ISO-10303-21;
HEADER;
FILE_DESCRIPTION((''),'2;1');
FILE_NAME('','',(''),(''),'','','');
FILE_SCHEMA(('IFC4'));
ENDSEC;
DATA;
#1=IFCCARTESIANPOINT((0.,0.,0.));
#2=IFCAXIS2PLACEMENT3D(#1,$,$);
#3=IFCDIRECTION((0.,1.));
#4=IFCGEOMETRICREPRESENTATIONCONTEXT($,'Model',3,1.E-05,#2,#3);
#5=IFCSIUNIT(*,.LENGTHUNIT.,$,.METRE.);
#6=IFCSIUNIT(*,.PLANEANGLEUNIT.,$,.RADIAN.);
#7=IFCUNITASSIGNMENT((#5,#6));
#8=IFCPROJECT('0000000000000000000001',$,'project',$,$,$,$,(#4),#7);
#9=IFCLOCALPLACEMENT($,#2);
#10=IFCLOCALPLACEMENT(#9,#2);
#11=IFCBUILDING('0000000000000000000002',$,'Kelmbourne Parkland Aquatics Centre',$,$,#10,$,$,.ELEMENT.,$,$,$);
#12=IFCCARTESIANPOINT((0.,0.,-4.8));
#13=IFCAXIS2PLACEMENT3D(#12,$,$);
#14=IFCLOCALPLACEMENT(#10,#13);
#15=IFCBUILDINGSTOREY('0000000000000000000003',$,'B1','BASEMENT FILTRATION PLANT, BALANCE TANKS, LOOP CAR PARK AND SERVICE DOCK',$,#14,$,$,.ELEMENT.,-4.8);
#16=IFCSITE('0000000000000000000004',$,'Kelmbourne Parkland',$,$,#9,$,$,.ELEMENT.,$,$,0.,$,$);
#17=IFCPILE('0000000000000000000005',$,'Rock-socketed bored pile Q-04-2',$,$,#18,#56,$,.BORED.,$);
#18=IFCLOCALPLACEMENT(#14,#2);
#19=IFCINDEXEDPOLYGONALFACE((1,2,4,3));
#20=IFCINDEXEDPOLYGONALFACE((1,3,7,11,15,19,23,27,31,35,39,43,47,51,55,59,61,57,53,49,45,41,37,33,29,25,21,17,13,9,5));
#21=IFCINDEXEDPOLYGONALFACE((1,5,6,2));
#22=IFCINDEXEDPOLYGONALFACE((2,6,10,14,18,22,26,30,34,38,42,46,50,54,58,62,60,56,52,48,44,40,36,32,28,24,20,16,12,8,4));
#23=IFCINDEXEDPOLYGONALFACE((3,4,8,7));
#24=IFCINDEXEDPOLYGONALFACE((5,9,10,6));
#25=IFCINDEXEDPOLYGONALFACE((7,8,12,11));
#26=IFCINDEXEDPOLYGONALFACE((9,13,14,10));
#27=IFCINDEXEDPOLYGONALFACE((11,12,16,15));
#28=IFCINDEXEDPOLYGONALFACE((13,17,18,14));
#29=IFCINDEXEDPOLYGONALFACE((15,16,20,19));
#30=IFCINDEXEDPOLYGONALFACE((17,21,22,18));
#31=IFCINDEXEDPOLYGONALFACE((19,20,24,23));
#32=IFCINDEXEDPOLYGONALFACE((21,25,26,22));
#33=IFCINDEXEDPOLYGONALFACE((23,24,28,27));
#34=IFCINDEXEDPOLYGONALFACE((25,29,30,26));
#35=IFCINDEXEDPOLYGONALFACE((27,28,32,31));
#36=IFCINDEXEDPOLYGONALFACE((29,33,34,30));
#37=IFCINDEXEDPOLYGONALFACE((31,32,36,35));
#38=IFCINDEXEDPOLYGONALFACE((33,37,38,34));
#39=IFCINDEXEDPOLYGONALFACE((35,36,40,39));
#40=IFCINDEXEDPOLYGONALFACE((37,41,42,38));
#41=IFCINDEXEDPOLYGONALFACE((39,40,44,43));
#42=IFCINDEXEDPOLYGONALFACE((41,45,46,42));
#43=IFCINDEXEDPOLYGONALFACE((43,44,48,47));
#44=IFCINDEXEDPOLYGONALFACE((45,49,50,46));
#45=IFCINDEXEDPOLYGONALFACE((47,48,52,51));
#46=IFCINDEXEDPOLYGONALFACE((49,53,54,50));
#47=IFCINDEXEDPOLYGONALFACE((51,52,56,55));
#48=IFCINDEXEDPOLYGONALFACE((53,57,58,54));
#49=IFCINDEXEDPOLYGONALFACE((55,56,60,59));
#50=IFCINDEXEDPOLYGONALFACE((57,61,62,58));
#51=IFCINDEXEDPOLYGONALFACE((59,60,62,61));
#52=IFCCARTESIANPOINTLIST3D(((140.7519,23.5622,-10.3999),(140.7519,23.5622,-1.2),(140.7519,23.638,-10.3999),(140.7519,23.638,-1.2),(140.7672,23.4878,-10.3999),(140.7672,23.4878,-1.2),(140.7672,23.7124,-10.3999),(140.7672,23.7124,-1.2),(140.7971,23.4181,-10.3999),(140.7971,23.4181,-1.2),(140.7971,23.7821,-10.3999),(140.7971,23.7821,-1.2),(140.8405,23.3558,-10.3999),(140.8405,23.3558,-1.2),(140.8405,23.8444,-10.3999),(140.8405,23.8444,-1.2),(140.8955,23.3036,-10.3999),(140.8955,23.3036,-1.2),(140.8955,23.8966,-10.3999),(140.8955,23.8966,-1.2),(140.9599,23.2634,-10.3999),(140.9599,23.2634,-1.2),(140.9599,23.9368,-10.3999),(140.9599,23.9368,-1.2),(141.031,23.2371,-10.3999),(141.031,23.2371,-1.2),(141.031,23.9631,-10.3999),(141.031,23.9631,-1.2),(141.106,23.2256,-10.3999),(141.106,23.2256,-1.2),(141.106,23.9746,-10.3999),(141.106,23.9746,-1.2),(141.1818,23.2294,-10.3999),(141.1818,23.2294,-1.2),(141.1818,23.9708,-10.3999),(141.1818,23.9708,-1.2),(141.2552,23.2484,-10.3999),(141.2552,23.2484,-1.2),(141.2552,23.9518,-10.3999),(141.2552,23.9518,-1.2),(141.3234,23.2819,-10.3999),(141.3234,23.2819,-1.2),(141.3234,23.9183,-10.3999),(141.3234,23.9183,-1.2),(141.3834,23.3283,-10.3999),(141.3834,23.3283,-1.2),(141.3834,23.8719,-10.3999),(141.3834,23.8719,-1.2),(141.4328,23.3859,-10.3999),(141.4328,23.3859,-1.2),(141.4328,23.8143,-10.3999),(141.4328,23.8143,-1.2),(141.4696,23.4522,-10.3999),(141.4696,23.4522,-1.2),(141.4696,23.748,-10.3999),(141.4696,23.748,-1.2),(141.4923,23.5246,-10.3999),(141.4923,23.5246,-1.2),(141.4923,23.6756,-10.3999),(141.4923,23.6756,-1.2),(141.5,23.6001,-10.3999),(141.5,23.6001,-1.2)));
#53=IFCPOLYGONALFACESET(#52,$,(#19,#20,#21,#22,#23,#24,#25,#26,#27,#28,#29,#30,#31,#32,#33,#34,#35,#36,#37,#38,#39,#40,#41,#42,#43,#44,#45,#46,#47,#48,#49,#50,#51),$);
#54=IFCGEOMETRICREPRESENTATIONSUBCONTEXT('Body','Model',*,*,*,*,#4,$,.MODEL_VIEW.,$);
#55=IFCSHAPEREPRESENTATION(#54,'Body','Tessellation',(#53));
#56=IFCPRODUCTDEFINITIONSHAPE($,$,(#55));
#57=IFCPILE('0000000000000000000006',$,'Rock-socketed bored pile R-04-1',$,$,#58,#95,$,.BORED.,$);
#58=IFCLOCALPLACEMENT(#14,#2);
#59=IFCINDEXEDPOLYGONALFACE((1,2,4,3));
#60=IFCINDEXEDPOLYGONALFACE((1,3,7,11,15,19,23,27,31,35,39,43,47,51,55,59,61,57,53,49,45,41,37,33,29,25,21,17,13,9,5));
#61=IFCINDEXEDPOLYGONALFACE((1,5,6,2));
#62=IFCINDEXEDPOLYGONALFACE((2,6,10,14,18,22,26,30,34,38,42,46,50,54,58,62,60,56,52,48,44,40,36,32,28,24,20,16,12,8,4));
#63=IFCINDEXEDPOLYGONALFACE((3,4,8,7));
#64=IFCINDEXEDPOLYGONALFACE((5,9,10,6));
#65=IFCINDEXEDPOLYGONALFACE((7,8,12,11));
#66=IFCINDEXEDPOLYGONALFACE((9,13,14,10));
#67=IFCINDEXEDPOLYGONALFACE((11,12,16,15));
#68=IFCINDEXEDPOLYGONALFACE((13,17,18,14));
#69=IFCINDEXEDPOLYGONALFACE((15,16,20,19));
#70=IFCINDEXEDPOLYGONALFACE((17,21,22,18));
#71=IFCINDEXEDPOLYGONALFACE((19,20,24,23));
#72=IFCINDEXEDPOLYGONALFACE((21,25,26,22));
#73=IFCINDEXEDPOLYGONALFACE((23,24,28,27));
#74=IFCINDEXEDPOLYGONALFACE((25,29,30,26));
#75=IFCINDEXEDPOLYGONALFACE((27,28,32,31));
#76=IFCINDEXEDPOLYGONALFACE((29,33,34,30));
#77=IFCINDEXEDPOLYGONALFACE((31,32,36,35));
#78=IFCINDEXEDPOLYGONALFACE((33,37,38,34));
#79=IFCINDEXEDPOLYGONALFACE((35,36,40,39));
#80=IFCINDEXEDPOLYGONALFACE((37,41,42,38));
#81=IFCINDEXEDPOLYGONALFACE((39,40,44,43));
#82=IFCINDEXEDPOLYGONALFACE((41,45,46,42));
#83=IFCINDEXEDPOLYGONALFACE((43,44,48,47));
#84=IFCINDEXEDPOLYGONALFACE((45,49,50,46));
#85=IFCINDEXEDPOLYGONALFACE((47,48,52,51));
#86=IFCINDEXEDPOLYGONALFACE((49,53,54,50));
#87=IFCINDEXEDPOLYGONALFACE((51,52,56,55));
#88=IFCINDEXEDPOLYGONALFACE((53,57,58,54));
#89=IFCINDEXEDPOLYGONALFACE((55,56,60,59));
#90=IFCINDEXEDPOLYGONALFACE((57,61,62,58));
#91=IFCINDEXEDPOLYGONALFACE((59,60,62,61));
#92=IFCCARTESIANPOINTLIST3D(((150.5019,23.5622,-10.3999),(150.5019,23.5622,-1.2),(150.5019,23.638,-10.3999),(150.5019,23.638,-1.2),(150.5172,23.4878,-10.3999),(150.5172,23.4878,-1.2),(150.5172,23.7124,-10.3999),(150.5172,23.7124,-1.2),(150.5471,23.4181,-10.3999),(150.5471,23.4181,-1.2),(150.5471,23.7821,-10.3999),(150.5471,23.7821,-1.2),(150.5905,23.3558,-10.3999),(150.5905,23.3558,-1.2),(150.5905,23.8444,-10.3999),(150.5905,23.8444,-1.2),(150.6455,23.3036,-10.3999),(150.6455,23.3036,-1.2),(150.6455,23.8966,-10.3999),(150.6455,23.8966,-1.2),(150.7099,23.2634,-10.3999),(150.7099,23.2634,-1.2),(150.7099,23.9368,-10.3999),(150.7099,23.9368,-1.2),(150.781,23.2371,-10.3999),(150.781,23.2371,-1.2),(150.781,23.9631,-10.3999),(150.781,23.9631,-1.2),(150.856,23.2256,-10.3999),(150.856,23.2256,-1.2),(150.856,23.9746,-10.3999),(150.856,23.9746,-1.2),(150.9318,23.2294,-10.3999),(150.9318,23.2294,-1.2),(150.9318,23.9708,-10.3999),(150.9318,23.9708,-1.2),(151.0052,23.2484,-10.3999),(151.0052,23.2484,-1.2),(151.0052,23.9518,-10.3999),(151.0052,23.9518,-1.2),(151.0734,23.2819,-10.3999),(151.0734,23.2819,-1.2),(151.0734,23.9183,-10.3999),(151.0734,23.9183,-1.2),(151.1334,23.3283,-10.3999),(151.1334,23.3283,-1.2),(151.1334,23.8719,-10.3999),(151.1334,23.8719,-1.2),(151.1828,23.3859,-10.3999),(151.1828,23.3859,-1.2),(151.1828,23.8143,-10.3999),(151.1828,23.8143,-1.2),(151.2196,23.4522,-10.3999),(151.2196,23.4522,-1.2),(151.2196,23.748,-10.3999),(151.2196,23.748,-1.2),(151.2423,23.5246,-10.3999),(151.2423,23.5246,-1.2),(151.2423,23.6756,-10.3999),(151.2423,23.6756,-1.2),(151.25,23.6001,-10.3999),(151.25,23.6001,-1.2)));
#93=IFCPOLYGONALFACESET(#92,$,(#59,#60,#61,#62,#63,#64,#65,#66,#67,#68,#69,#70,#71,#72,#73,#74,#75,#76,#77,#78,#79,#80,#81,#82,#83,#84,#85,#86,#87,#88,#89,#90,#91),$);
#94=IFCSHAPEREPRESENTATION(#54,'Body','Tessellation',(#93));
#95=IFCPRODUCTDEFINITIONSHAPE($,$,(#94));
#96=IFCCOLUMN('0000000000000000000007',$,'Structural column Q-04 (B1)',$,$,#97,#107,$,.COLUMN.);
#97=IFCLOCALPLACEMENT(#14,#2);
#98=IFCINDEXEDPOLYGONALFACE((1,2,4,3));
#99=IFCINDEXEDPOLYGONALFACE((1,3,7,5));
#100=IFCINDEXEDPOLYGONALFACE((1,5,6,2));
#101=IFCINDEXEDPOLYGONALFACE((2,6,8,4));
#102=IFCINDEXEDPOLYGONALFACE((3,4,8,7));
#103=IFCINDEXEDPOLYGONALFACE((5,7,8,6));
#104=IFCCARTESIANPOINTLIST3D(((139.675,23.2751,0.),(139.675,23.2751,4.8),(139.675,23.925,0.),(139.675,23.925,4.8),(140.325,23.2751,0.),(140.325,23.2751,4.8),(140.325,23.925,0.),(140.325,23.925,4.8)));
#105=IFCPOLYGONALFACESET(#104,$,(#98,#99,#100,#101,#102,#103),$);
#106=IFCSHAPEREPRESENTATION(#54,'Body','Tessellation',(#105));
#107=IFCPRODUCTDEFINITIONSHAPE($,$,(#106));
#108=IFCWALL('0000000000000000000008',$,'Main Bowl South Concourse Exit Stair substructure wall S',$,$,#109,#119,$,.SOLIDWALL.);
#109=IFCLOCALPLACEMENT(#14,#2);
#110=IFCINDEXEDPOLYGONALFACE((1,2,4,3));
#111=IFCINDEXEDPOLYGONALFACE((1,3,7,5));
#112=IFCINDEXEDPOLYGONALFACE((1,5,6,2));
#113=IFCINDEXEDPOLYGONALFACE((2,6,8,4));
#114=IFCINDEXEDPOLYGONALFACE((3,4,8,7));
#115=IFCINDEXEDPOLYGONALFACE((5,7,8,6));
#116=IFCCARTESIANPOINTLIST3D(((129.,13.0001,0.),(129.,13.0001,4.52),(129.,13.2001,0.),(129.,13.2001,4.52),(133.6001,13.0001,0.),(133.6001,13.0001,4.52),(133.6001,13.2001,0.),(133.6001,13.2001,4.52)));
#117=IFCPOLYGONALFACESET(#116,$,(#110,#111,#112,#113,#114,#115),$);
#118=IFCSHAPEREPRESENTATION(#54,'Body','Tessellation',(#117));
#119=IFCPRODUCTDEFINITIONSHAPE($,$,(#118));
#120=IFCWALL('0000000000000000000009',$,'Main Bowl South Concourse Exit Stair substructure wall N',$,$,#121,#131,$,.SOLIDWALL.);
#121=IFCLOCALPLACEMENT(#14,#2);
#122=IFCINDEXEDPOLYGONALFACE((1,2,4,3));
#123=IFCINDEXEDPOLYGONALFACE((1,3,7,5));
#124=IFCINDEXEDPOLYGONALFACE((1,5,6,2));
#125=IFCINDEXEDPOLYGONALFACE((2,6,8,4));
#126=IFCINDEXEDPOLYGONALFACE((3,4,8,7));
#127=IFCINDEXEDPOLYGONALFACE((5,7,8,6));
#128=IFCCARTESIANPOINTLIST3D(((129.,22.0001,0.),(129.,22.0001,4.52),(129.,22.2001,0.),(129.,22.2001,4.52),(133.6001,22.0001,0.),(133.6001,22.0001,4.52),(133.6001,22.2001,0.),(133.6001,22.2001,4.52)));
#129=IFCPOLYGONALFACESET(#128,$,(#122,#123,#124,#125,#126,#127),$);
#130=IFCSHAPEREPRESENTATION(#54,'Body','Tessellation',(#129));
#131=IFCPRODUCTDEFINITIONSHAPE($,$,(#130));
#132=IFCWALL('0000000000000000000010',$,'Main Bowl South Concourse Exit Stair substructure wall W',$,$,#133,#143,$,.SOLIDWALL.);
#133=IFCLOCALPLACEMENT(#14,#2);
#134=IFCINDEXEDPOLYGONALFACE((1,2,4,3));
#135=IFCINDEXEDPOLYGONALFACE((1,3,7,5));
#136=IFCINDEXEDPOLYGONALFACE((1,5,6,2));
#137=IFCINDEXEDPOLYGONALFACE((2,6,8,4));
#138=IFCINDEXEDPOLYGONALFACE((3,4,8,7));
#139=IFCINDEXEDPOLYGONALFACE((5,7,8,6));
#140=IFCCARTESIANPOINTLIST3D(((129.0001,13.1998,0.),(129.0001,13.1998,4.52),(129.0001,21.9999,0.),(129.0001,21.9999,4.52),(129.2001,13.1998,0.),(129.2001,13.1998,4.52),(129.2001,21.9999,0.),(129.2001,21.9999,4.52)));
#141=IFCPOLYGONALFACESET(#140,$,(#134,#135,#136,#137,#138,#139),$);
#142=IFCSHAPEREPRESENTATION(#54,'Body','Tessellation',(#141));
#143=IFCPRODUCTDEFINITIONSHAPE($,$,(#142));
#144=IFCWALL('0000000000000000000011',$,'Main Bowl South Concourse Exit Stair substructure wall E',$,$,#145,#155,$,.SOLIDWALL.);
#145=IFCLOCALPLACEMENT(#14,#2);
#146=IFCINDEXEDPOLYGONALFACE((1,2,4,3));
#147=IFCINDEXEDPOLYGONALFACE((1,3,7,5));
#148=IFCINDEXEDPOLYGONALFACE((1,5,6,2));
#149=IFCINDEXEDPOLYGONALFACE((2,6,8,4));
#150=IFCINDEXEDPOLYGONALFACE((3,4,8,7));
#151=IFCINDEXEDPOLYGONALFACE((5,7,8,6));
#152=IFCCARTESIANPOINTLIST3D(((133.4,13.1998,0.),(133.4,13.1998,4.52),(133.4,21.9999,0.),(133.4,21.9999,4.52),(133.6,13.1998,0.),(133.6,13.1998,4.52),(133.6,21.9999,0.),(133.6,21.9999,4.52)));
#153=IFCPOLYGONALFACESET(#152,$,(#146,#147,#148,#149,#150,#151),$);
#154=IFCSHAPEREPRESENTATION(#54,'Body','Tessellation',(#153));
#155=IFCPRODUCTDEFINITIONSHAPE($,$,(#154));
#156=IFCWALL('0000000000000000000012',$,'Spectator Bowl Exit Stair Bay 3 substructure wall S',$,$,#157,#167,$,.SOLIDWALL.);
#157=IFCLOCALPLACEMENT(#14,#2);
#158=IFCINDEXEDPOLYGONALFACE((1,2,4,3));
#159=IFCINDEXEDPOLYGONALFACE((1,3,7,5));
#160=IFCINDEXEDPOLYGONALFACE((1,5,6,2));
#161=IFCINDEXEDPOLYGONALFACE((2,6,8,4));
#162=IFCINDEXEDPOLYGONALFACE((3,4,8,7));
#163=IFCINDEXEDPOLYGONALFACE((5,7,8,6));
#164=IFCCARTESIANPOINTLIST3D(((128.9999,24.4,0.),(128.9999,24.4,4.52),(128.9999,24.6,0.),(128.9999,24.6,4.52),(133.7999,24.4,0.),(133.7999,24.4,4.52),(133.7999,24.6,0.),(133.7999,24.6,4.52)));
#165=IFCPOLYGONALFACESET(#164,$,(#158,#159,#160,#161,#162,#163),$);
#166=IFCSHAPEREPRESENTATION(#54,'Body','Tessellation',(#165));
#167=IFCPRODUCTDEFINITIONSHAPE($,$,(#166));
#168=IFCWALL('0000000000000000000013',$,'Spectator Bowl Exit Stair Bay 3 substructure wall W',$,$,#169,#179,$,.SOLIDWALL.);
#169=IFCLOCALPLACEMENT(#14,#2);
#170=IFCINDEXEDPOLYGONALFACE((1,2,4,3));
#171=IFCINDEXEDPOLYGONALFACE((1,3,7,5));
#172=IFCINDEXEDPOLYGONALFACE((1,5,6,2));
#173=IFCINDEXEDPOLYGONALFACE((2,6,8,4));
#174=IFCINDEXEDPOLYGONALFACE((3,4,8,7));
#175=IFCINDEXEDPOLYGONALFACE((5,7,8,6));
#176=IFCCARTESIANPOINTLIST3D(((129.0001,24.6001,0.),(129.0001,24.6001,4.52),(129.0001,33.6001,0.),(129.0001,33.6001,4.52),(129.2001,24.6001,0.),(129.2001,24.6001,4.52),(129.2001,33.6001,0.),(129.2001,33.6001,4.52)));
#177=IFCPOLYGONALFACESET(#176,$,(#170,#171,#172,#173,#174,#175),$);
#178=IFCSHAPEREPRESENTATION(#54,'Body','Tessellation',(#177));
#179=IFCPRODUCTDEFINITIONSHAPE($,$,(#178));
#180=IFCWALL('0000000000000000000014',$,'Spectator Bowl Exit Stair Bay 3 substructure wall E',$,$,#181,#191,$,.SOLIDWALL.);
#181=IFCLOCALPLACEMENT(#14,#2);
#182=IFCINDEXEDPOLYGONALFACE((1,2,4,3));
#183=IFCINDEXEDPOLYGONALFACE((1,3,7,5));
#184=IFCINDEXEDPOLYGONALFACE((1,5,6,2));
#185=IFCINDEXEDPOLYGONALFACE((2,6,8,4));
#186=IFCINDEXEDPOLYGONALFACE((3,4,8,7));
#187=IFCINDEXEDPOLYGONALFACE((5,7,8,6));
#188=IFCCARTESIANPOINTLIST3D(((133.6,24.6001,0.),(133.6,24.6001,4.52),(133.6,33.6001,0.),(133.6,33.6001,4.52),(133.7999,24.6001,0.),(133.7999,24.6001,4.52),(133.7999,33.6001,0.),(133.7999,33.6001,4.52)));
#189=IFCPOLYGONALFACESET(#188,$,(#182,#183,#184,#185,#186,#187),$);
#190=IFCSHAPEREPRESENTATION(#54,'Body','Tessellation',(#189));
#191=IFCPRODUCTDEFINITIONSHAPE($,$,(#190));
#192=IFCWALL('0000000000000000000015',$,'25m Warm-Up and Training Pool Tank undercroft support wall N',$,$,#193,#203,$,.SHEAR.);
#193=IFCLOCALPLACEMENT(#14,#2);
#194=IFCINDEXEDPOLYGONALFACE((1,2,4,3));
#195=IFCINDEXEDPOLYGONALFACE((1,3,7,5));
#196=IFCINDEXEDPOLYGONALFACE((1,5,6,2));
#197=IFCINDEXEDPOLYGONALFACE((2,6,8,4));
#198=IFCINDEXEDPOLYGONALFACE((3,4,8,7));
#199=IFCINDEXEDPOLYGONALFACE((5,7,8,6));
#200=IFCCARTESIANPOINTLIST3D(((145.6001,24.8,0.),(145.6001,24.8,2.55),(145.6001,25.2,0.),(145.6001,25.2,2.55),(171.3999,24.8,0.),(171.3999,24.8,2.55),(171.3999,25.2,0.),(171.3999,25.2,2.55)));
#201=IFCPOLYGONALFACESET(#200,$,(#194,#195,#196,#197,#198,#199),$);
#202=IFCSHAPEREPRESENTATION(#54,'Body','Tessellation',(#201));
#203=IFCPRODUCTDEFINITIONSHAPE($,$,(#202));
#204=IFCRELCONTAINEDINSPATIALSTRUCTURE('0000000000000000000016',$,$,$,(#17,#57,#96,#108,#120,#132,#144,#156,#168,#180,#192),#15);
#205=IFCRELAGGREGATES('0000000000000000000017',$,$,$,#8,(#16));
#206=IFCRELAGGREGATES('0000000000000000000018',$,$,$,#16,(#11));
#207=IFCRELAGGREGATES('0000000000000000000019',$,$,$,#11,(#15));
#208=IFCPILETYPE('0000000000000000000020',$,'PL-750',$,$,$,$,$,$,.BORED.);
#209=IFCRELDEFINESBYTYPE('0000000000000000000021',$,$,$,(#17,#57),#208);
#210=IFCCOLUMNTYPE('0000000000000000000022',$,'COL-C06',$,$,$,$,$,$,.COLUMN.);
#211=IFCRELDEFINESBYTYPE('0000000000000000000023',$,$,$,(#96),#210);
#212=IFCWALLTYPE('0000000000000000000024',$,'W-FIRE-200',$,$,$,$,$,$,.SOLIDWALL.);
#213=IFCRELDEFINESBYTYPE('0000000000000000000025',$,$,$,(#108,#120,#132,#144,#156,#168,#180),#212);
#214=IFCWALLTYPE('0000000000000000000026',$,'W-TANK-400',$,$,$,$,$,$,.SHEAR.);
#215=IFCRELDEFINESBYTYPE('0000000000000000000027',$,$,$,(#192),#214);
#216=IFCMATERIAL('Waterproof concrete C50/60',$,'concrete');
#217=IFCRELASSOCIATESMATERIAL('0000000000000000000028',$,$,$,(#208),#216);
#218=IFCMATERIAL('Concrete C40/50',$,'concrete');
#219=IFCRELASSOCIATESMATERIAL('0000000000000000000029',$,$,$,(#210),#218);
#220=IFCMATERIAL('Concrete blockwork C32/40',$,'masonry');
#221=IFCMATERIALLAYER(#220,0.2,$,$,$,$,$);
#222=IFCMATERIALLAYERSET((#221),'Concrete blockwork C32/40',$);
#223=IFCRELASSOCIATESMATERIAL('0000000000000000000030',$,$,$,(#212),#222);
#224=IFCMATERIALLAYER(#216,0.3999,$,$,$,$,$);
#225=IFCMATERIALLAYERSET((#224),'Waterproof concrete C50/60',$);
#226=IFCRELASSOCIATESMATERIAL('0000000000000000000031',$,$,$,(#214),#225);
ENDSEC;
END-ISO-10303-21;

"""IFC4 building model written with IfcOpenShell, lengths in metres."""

from ifc_helpers import new_model, si_unit, direction, frame, frame_2d, origin, origin_2d, place, context, subcontext, project, spatial, rectangle, circle, extrude, material, layer, layer_set, material_profile, profile_set, type_object, element, save


model = new_model("IFC4")

# Units and contexts
model_context = context("Model", 3, precision=1e-05, world=origin(), true_north=direction((0.0, 1.0)))
body_context = subcontext(model_context, "Body", "Model", "MODEL_VIEW")
ifc_project = project(units=[si_unit("LENGTHUNIT", "METRE"), si_unit("PLANEANGLEUNIT", "RADIAN")], contexts=[model_context])

# Site, building, storey
site_placement = place(None, origin())
site = spatial("IfcSite", under=ifc_project, at=site_placement, Name="Kelmbourne Parkland", CompositionType="ELEMENT", RefElevation=0.0)
building_placement = place(site_placement, origin())
building = spatial("IfcBuilding", under=site, at=building_placement, Name="Kelmbourne Parkland Aquatics Centre", CompositionType="ELEMENT")
storey_placement = place(building_placement, frame((0.0, 0.0, -4.8)))
storey = spatial("IfcBuildingStorey", under=building, at=storey_placement, Name="B1", Description="BASEMENT FILTRATION PLANT, BALANCE TANKS, LOOP CAR PARK AND SERVICE DOCK", CompositionType="ELEMENT", Elevation=-4.8)

# Shared definitions
ifc_material_1 = material(Name="Waterproof concrete C50/60", Category="concrete")

# Piles
ifc_material_profile_1 = material_profile(ifc_material_1, circle(Radius=0.375, at=origin_2d()), Name="PILE D750")
ifc_profile_set_1 = profile_set([ifc_material_profile_1], Name="Waterproof concrete C50/60")
pile_type_1 = type_object("IfcPileType", Name="PL-750", PredefinedType="BORED", material=ifc_profile_set_1)
for number, where, z_axis, x_axis, name in (
    (1, (141.125, 23.6001, -1.2), (0.0, 0.0, -1.0), (1.0, 0.0, 0.0), "Rock-socketed bored pile Q-04-2"),
    (2, (150.875, 23.6001, -1.2), (0.0, 0.0, -1.0), (1.0, 0.0, 0.0), "Rock-socketed bored pile R-04-1"),
):
    element("IfcPile", number, at=place(storey_placement, frame(where, z_axis=z_axis, x_axis=x_axis)), inside=storey, type_object=pile_type_1, Name=name, PredefinedType="BORED", context=body_context, shape_type="SweptSolid", body=[
        extrude(circle(Radius=0.375, at=origin_2d()), origin(), (0.0, 0.0, 1.0), 9.2),
    ])

# Column
ifc_material_2 = material(Name="Concrete C40/50", Category="concrete")
ifc_material_profile_2 = material_profile(ifc_material_2, rectangle(XDim=0.6499, YDim=0.6499, at=origin_2d()), Name="RC 650x650")
ifc_profile_set_2 = profile_set([ifc_material_profile_2], Name="Concrete C40/50")
column_type = type_object("IfcColumnType", Name="COL-C06", PredefinedType="COLUMN", material=ifc_profile_set_2)
column_placement = place(storey_placement, frame((140.0, 23.6001, 0.0), z_axis=(0.0, 0.0, 1.0), x_axis=(1.0, 0.0, 0.0)))
element("IfcColumn", 3, at=column_placement, inside=storey, type_object=column_type, Name="Structural column Q-04 (B1)", PredefinedType="COLUMN", context=body_context, shape_type="SweptSolid", body=[
    extrude(rectangle(XDim=0.6499, YDim=0.6499, at=origin_2d()), origin(), (0.0, 0.0, 1.0), 4.8),
])

# Walls
ifc_material_3 = material(Name="Concrete blockwork C32/40", Category="masonry")
ifc_layer_1 = layer(ifc_material_3, 0.2)
ifc_layer_set_1 = layer_set([ifc_layer_1], Name="Concrete blockwork C32/40")
wall_type_1 = type_object("IfcWallType", Name="W-FIRE-200", PredefinedType="SOLIDWALL", material=ifc_layer_set_1)
for number, where, z_axis, x_axis, name in (
    (4, (129.0, 13.1001, 0.0), (0.0, 0.0, 1.0), (1.0, 0.0, 0.0), "Main Bowl South Concourse Exit Stair substructure wall S"),
    (5, (129.0, 22.1001, 0.0), (0.0, 0.0, 1.0), (1.0, 0.0, 0.0), "Main Bowl South Concourse Exit Stair substructure wall N"),
):
    element("IfcWall", number, at=place(storey_placement, frame(where, z_axis=z_axis, x_axis=x_axis)), inside=storey, type_object=wall_type_1, Name=name, PredefinedType="SOLIDWALL", context=body_context, shape_type="SweptSolid", body=[
        extrude(rectangle(XDim=4.6001, YDim=0.2, at=frame_2d((2.3, 0.0))), origin(), (0.0, 0.0, 1.0), 4.52),
    ])
for number, where, z_axis, x_axis, name in (
    (6, (129.1001, 13.2, 0.0), (0.0, 0.0, 1.0), (0.0, 1.0, 0.0), "Main Bowl South Concourse Exit Stair substructure wall W"),
    (7, (133.5, 13.2, 0.0), (0.0, 0.0, 1.0), (0.0, 1.0, 0.0), "Main Bowl South Concourse Exit Stair substructure wall E"),
):
    element("IfcWall", number, at=place(storey_placement, frame(where, z_axis=z_axis, x_axis=x_axis)), inside=storey, type_object=wall_type_1, Name=name, PredefinedType="SOLIDWALL", context=body_context, shape_type="SweptSolid", body=[
        extrude(rectangle(XDim=8.8, YDim=0.2, at=frame_2d((4.3999, 0.0))), origin(), (0.0, 0.0, 1.0), 4.52),
    ])
wall_1_placement = place(storey_placement, frame((129.0, 24.5, 0.0), z_axis=(0.0, 0.0, 1.0), x_axis=(1.0, 0.0, 0.0)))
element("IfcWall", 8, at=wall_1_placement, inside=storey, type_object=wall_type_1, Name="Spectator Bowl Exit Stair Bay 3 substructure wall S", PredefinedType="SOLIDWALL", context=body_context, shape_type="SweptSolid", body=[
    extrude(rectangle(XDim=4.8, YDim=0.2, at=frame_2d((2.3999, 0.0))), origin(), (0.0, 0.0, 1.0), 4.52),
])
for number, where, z_axis, x_axis, name in (
    (9, (129.1001, 24.6001, 0.0), (0.0, 0.0, 1.0), (0.0, 1.0, 0.0), "Spectator Bowl Exit Stair Bay 3 substructure wall W"),
    (10, (133.7, 24.6001, 0.0), (0.0, 0.0, 1.0), (0.0, 1.0, 0.0), "Spectator Bowl Exit Stair Bay 3 substructure wall E"),
):
    element("IfcWall", number, at=place(storey_placement, frame(where, z_axis=z_axis, x_axis=x_axis)), inside=storey, type_object=wall_type_1, Name=name, PredefinedType="SOLIDWALL", context=body_context, shape_type="SweptSolid", body=[
        extrude(rectangle(XDim=9.0, YDim=0.2, at=frame_2d((4.5, 0.0))), origin(), (0.0, 0.0, 1.0), 4.52),
    ])
ifc_layer_2 = layer(ifc_material_1, 0.3999)
ifc_layer_set_2 = layer_set([ifc_layer_2], Name="Waterproof concrete C50/60")
wall_type_2 = type_object("IfcWallType", Name="W-TANK-400", PredefinedType="SHEAR", material=ifc_layer_set_2)
wall_2_placement = place(storey_placement, frame((145.6001, 25.0, 0.0), z_axis=(0.0, 0.0, 1.0), x_axis=(1.0, 0.0, 0.0)))
element("IfcWall", 11, at=wall_2_placement, inside=storey, type_object=wall_type_2, Name="25m Warm-Up and Training Pool Tank undercroft support wall N", PredefinedType="SHEAR", context=body_context, shape_type="SweptSolid", body=[
    extrude(rectangle(XDim=25.7998, YDim=0.3999, at=frame_2d((12.8999, 0.0))), origin(), (0.0, 0.0, 1.0), 2.55),
])

save(model, "model.ifc")
